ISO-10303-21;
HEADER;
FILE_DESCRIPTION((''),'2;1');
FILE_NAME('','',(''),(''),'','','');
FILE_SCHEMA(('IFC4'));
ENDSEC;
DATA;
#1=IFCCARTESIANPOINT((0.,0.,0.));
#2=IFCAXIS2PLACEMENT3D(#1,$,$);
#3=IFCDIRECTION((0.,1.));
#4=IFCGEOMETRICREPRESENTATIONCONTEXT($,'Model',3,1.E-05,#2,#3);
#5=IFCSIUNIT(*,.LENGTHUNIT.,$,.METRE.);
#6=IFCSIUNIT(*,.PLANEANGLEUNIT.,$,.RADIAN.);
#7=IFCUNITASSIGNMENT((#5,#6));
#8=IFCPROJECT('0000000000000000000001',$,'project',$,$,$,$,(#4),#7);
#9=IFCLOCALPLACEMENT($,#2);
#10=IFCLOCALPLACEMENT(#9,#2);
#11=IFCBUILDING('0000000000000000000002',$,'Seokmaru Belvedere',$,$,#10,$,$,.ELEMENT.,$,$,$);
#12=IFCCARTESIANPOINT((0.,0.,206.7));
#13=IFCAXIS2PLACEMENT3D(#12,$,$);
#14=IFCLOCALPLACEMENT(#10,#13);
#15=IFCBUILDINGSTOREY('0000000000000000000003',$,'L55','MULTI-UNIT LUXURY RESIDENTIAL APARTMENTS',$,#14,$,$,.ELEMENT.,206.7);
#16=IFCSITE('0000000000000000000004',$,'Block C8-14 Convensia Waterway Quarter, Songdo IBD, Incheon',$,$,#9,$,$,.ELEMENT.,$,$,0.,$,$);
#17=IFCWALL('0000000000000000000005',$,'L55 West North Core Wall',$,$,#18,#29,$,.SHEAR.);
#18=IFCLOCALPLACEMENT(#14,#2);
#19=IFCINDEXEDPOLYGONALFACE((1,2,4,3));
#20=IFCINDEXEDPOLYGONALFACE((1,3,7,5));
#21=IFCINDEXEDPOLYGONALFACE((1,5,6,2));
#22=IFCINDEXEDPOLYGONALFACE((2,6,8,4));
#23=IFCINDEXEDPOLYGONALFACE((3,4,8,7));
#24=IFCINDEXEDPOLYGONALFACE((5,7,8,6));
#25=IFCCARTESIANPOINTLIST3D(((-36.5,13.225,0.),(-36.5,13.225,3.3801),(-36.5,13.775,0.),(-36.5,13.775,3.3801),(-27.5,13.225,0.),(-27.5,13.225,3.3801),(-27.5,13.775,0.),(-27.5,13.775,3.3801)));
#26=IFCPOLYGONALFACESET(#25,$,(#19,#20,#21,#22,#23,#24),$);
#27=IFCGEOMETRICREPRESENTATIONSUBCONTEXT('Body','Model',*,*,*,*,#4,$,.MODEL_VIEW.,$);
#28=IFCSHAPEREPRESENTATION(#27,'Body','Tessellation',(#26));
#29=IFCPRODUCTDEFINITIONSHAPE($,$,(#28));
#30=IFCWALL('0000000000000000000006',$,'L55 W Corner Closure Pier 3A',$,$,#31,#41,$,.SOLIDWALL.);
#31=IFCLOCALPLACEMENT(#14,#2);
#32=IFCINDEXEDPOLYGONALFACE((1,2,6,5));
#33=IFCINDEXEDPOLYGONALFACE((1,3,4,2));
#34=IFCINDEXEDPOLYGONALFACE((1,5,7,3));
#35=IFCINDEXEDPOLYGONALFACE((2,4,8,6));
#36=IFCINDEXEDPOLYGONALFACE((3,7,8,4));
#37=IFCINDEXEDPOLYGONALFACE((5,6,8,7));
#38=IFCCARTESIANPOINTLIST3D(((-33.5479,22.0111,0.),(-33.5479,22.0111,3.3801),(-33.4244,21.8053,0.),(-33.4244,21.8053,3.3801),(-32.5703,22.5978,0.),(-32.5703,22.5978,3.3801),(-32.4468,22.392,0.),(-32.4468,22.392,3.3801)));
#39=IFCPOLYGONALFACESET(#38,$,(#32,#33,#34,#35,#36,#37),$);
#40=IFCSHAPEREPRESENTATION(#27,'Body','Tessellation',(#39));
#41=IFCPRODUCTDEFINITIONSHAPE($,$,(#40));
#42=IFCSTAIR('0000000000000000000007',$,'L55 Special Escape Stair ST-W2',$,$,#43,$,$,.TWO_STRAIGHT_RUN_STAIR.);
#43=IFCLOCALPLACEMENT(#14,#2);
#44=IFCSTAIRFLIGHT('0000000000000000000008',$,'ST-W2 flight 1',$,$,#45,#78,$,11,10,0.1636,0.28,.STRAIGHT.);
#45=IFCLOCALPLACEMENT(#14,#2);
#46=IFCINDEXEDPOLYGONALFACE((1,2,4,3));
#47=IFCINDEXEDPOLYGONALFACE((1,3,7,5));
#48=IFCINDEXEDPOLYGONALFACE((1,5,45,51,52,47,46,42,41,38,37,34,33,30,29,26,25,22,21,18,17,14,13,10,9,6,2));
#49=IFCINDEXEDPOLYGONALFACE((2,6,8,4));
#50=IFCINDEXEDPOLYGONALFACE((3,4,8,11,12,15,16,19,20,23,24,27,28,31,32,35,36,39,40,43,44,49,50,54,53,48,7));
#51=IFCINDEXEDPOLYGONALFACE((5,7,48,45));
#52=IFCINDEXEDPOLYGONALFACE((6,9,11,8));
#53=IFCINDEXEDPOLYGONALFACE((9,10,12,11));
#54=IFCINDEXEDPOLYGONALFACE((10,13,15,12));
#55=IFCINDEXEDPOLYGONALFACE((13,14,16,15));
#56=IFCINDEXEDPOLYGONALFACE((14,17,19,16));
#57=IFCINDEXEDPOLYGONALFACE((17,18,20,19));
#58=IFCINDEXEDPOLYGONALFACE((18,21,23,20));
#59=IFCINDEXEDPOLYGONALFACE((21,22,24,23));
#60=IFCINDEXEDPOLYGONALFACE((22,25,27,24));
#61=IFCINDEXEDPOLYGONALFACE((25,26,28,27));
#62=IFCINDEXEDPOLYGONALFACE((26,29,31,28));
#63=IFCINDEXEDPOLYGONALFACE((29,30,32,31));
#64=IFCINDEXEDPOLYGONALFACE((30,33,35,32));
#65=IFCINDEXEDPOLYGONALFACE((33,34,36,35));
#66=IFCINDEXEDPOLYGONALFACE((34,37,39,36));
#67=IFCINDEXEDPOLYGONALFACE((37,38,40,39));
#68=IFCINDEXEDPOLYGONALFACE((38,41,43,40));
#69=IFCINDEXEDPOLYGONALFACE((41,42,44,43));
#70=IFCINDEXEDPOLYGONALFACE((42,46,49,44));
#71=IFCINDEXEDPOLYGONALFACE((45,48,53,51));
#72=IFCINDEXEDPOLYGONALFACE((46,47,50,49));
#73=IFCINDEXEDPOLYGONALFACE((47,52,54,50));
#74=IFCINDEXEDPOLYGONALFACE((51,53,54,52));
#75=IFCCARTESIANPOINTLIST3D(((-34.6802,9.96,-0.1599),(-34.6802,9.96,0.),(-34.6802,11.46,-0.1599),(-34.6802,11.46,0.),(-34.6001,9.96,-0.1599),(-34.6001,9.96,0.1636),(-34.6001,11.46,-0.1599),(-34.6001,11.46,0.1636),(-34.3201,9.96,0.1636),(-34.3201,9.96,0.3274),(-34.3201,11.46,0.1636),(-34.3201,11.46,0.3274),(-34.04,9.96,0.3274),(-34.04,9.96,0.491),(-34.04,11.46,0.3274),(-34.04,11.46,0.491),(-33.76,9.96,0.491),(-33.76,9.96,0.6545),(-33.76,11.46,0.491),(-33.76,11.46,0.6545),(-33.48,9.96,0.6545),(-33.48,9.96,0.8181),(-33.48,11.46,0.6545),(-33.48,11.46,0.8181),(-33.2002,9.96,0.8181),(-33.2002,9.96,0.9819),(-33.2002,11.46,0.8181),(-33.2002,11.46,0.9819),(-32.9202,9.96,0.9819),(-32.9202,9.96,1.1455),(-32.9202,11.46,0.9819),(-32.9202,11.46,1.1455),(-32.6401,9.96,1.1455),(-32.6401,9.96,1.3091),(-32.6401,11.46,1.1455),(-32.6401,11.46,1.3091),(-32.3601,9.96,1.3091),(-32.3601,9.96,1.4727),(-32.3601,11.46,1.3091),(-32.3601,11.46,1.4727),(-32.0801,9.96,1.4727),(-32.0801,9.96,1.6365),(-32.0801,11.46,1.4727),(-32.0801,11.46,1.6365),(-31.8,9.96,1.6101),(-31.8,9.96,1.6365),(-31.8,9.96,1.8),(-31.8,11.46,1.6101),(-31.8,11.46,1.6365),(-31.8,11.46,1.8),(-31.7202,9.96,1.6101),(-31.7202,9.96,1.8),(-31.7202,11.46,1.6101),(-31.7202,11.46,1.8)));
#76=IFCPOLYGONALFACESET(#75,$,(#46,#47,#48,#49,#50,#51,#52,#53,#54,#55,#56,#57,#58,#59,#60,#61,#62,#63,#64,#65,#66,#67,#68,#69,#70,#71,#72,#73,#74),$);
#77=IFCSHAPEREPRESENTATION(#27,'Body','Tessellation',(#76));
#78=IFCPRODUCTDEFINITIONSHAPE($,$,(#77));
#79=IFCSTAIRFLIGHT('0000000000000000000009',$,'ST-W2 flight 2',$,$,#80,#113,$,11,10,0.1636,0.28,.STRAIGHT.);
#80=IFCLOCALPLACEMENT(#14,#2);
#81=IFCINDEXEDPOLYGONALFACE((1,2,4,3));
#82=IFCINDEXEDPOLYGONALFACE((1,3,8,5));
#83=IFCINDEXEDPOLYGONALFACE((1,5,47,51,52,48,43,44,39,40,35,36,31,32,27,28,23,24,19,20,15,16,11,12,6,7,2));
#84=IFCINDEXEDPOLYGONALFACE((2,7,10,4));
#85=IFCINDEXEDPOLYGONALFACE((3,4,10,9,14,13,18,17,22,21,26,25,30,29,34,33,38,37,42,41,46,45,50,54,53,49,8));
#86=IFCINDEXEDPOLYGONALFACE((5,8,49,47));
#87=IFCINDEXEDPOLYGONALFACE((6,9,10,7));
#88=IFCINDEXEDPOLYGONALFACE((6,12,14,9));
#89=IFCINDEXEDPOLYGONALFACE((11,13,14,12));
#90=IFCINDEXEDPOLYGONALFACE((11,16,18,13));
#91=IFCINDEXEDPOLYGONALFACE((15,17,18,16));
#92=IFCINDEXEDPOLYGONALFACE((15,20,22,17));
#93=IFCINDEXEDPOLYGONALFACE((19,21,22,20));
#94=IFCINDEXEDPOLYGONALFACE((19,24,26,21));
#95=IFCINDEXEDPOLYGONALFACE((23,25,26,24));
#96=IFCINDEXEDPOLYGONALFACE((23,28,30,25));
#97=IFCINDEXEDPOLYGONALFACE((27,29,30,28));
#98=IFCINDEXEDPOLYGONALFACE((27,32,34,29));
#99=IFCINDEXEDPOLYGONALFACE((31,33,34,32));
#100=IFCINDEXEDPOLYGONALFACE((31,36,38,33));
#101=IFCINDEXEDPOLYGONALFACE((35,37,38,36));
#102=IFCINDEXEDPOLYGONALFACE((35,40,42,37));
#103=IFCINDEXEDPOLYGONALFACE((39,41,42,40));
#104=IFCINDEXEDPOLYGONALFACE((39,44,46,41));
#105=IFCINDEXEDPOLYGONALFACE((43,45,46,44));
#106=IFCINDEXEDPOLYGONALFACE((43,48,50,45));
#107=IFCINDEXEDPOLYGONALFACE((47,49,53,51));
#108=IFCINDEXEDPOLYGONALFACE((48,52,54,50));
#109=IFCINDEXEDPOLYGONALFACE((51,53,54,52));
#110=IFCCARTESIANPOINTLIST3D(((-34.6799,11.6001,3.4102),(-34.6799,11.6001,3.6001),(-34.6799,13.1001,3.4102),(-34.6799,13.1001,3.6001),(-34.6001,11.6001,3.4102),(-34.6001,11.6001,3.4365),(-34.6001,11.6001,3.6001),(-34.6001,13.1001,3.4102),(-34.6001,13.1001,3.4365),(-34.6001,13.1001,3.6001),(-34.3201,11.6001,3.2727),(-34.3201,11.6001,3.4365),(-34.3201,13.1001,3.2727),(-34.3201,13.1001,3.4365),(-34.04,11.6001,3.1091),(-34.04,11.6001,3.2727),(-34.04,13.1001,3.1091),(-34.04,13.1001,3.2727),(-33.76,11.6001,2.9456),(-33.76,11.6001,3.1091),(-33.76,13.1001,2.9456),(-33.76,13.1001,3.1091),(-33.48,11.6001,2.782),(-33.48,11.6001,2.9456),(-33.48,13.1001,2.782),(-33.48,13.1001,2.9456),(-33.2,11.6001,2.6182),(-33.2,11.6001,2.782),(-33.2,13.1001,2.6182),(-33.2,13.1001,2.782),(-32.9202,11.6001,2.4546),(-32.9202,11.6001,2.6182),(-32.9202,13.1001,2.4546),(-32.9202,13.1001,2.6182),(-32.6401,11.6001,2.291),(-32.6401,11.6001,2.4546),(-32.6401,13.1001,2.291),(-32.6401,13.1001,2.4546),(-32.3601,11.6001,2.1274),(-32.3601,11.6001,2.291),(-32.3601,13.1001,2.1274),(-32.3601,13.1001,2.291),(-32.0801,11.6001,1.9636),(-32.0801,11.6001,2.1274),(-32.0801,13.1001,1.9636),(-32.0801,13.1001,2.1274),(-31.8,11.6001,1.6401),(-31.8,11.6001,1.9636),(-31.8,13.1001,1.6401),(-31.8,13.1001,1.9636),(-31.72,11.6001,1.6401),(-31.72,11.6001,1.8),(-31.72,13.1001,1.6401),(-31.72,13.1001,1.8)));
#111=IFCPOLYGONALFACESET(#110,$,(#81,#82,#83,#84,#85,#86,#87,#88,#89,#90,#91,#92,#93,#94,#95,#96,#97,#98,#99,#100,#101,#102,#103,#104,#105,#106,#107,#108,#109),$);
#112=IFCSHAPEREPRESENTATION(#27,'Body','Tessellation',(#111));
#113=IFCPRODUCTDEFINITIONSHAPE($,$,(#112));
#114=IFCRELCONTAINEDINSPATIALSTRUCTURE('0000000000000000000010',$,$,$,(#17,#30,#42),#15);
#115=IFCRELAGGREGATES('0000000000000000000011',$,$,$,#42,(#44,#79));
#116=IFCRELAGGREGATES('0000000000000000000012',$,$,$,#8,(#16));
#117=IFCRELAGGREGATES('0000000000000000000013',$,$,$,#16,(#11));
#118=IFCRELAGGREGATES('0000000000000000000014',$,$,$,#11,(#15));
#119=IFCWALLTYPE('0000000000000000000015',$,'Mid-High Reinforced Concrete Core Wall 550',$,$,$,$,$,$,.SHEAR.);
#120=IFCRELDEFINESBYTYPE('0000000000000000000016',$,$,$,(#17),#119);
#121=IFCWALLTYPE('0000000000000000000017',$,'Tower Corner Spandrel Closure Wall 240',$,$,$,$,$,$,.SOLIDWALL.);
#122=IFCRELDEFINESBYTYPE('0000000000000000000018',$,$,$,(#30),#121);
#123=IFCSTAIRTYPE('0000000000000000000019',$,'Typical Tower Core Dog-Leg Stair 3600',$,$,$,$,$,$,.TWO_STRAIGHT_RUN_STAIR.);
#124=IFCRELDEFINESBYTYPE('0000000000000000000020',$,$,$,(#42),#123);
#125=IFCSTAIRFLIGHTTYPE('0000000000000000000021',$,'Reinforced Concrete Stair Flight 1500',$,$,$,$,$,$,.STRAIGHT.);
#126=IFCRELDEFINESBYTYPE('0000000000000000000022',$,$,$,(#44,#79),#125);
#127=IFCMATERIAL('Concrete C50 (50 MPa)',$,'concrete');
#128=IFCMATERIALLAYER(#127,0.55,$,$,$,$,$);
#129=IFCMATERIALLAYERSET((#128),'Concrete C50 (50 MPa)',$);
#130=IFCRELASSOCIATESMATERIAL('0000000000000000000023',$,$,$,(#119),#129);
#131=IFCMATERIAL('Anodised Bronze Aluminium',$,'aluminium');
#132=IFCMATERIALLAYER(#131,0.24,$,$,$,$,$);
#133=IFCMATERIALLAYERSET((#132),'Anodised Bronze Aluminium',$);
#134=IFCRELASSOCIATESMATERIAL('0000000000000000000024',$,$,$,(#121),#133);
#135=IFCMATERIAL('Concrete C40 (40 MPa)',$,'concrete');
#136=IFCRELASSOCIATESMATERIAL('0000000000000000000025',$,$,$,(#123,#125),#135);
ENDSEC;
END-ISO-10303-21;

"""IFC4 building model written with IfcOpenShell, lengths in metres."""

from ifc_helpers import new_model, si_unit, direction, frame, frame_2d, origin, place, context, subcontext, project, spatial, polyline, rectangle, outline, extrude, material, layer, layer_set, type_object, element, aggregate, save


model = new_model("IFC4")

# Units and contexts
model_context = context("Model", 3, precision=1e-05, world=origin(), true_north=direction((0.0, 1.0)))
body_context = subcontext(model_context, "Body", "Model", "MODEL_VIEW")
ifc_project = project(units=[si_unit("LENGTHUNIT", "METRE"), si_unit("PLANEANGLEUNIT", "RADIAN")], contexts=[model_context])

# Site, building, storey
site_placement = place(None, origin())
site = spatial("IfcSite", under=ifc_project, at=site_placement, Name="Block C8-14 Convensia Waterway Quarter, Songdo IBD, Incheon", CompositionType="ELEMENT", RefElevation=0.0)
building_placement = place(site_placement, origin())
building = spatial("IfcBuilding", under=site, at=building_placement, Name="Seokmaru Belvedere", CompositionType="ELEMENT")
storey_placement = place(building_placement, frame((0.0, 0.0, 206.7)))
storey = spatial("IfcBuildingStorey", under=building, at=storey_placement, Name="L55", Description="MULTI-UNIT LUXURY RESIDENTIAL APARTMENTS", CompositionType="ELEMENT", Elevation=206.7)

# Shared definitions
ifc_material_1 = material(Name="Anodised Bronze Aluminium", Category="aluminium")

# Shared definitions
ifc_material_2 = material(Name="Concrete C50 (50 MPa)", Category="concrete")

# Wall
ifc_layer_1 = layer(ifc_material_2, 0.55)
ifc_layer_set_1 = layer_set([ifc_layer_1], Name="Concrete C50 (50 MPa)")
wall_type_1 = type_object("IfcWallType", Name="Mid-High Reinforced Concrete Core Wall 550", PredefinedType="SHEAR", material=ifc_layer_set_1)
wall_1_placement = place(storey_placement, frame((-36.5, 13.5, 0.0), z_axis=(0.0, 0.0, 1.0), x_axis=(1.0, 0.0, 0.0)))
element("IfcWall", 1, at=wall_1_placement, inside=storey, type_object=wall_type_1, Name="L55 West North Core Wall", PredefinedType="SHEAR", context=body_context, shape_type="SweptSolid", body=[
    extrude(rectangle(XDim=9.0, YDim=0.55, at=frame_2d((4.5, 0.0))), origin(), (0.0, 0.0, 1.0), 3.3801),
])

# Wall
ifc_layer_2 = layer(ifc_material_1, 0.24)
ifc_layer_set_2 = layer_set([ifc_layer_2], Name="Anodised Bronze Aluminium")
wall_type_2 = type_object("IfcWallType", Name="Tower Corner Spandrel Closure Wall 240", PredefinedType="SOLIDWALL", material=ifc_layer_set_2)
wall_2_placement = place(storey_placement, frame((-32.5085, 22.4949, 0.0), z_axis=(0.0, 0.0, 1.0), x_axis=(-0.857436, -0.51459, 0.0)))
element("IfcWall", 2, at=wall_2_placement, inside=storey, type_object=wall_type_2, Name="L55 W Corner Closure Pier 3A", PredefinedType="SOLIDWALL", context=body_context, shape_type="SweptSolid", body=[
    extrude(rectangle(XDim=1.1401, YDim=0.24, at=frame_2d((0.5701, 0.0))), origin(), (0.0, 0.0, 1.0), 3.3801),
])

# Stair, stair flights
ifc_material_3 = material(Name="Concrete C40 (40 MPa)", Category="concrete")
stair_type = type_object("IfcStairType", Name="Typical Tower Core Dog-Leg Stair 3600", PredefinedType="TWO_STRAIGHT_RUN_STAIR", material=ifc_material_3)
stair_placement = place(storey_placement, origin())
stair = element("IfcStair", 3, at=stair_placement, inside=storey, type_object=stair_type, Name="L55 Special Escape Stair ST-W2", PredefinedType="TWO_STRAIGHT_RUN_STAIR")
stair_flight_type = type_object("IfcStairFlightType", Name="Reinforced Concrete Stair Flight 1500", PredefinedType="STRAIGHT", material=ifc_material_3)
stair_flight_1_placement = place(storey_placement, frame((-34.6001, 10.71, 0.0), z_axis=(0.0, 0.0, 1.0), x_axis=(1.0, 0.0, 0.0)))
stair_flight_1 = element("IfcStairFlight", 4, at=stair_flight_1_placement, type_object=stair_flight_type, Name="ST-W2 flight 1", NumberOfRisers=11, NumberOfTreads=10, PredefinedType="STRAIGHT", RiserHeight=0.1636, TreadLength=0.28, context=body_context, shape_type="SweptSolid", body=[
    extrude(outline(polyline([(-0.0801, 0.0), (0.0, 0.1636), (0.28, 0.1636), (0.28, 0.3274), (0.5601, 0.3274), (0.5601, 0.491), (0.8401, 0.491), (0.8401, 0.6545), (1.1201, 0.6545), (1.1201, 0.8181), (1.3999, 0.8181), (1.3999, 0.9819), (1.6799, 0.9819), (1.6799, 1.1455), (1.96, 1.1455), (1.96, 1.3091), (2.24, 1.3091), (2.24, 1.4727), (2.52, 1.4727), (2.52, 1.6365), (2.8, 1.6365), (2.8, 1.8), (2.8799, 1.8), (2.8799, 1.6101), (2.8, 1.6101), (0.0, -0.1599), (-0.0801, -0.1599), (-0.0801, 0.0)])), frame((0.0, 0.75, 0.0), z_axis=(0.0, -1.0, 0.0), x_axis=(1.0, 0.0, 0.0)), (0.0, 0.0, 1.0), 1.5),
])
stair_flight_2_placement = place(storey_placement, frame((-31.8, 12.3501, 1.8), z_axis=(0.0, 0.0, 1.0), x_axis=(-1.0, 0.0, 0.0)))
stair_flight_2 = element("IfcStairFlight", 5, at=stair_flight_2_placement, type_object=stair_flight_type, Name="ST-W2 flight 2", NumberOfRisers=11, NumberOfTreads=10, PredefinedType="STRAIGHT", RiserHeight=0.1636, TreadLength=0.28, context=body_context, shape_type="SweptSolid", body=[
    extrude(outline(polyline([(-0.0801, 0.0), (0.0, 0.1636), (0.28, 0.1636), (0.28, 0.3274), (0.5601, 0.3274), (0.5601, 0.491), (0.8401, 0.491), (0.8401, 0.6545), (1.1201, 0.6545), (1.1201, 0.8181), (1.3999, 0.8181), (1.3999, 0.9819), (1.6799, 0.9819), (1.6799, 1.1455), (1.96, 1.1455), (1.96, 1.3091), (2.24, 1.3091), (2.24, 1.4727), (2.52, 1.4727), (2.52, 1.6365), (2.8, 1.6365), (2.8, 1.8), (2.8799, 1.8), (2.8799, 1.6101), (2.8, 1.6101), (0.0, -0.1599), (-0.0801, -0.1599), (-0.0801, 0.0)])), frame((0.0, 0.75, 0.0), z_axis=(0.0, -1.0, 0.0), x_axis=(1.0, 0.0, 0.0)), (0.0, 0.0, 1.0), 1.5),
])
aggregate(stair, [stair_flight_1, stair_flight_2])

save(model, "model.ifc")
